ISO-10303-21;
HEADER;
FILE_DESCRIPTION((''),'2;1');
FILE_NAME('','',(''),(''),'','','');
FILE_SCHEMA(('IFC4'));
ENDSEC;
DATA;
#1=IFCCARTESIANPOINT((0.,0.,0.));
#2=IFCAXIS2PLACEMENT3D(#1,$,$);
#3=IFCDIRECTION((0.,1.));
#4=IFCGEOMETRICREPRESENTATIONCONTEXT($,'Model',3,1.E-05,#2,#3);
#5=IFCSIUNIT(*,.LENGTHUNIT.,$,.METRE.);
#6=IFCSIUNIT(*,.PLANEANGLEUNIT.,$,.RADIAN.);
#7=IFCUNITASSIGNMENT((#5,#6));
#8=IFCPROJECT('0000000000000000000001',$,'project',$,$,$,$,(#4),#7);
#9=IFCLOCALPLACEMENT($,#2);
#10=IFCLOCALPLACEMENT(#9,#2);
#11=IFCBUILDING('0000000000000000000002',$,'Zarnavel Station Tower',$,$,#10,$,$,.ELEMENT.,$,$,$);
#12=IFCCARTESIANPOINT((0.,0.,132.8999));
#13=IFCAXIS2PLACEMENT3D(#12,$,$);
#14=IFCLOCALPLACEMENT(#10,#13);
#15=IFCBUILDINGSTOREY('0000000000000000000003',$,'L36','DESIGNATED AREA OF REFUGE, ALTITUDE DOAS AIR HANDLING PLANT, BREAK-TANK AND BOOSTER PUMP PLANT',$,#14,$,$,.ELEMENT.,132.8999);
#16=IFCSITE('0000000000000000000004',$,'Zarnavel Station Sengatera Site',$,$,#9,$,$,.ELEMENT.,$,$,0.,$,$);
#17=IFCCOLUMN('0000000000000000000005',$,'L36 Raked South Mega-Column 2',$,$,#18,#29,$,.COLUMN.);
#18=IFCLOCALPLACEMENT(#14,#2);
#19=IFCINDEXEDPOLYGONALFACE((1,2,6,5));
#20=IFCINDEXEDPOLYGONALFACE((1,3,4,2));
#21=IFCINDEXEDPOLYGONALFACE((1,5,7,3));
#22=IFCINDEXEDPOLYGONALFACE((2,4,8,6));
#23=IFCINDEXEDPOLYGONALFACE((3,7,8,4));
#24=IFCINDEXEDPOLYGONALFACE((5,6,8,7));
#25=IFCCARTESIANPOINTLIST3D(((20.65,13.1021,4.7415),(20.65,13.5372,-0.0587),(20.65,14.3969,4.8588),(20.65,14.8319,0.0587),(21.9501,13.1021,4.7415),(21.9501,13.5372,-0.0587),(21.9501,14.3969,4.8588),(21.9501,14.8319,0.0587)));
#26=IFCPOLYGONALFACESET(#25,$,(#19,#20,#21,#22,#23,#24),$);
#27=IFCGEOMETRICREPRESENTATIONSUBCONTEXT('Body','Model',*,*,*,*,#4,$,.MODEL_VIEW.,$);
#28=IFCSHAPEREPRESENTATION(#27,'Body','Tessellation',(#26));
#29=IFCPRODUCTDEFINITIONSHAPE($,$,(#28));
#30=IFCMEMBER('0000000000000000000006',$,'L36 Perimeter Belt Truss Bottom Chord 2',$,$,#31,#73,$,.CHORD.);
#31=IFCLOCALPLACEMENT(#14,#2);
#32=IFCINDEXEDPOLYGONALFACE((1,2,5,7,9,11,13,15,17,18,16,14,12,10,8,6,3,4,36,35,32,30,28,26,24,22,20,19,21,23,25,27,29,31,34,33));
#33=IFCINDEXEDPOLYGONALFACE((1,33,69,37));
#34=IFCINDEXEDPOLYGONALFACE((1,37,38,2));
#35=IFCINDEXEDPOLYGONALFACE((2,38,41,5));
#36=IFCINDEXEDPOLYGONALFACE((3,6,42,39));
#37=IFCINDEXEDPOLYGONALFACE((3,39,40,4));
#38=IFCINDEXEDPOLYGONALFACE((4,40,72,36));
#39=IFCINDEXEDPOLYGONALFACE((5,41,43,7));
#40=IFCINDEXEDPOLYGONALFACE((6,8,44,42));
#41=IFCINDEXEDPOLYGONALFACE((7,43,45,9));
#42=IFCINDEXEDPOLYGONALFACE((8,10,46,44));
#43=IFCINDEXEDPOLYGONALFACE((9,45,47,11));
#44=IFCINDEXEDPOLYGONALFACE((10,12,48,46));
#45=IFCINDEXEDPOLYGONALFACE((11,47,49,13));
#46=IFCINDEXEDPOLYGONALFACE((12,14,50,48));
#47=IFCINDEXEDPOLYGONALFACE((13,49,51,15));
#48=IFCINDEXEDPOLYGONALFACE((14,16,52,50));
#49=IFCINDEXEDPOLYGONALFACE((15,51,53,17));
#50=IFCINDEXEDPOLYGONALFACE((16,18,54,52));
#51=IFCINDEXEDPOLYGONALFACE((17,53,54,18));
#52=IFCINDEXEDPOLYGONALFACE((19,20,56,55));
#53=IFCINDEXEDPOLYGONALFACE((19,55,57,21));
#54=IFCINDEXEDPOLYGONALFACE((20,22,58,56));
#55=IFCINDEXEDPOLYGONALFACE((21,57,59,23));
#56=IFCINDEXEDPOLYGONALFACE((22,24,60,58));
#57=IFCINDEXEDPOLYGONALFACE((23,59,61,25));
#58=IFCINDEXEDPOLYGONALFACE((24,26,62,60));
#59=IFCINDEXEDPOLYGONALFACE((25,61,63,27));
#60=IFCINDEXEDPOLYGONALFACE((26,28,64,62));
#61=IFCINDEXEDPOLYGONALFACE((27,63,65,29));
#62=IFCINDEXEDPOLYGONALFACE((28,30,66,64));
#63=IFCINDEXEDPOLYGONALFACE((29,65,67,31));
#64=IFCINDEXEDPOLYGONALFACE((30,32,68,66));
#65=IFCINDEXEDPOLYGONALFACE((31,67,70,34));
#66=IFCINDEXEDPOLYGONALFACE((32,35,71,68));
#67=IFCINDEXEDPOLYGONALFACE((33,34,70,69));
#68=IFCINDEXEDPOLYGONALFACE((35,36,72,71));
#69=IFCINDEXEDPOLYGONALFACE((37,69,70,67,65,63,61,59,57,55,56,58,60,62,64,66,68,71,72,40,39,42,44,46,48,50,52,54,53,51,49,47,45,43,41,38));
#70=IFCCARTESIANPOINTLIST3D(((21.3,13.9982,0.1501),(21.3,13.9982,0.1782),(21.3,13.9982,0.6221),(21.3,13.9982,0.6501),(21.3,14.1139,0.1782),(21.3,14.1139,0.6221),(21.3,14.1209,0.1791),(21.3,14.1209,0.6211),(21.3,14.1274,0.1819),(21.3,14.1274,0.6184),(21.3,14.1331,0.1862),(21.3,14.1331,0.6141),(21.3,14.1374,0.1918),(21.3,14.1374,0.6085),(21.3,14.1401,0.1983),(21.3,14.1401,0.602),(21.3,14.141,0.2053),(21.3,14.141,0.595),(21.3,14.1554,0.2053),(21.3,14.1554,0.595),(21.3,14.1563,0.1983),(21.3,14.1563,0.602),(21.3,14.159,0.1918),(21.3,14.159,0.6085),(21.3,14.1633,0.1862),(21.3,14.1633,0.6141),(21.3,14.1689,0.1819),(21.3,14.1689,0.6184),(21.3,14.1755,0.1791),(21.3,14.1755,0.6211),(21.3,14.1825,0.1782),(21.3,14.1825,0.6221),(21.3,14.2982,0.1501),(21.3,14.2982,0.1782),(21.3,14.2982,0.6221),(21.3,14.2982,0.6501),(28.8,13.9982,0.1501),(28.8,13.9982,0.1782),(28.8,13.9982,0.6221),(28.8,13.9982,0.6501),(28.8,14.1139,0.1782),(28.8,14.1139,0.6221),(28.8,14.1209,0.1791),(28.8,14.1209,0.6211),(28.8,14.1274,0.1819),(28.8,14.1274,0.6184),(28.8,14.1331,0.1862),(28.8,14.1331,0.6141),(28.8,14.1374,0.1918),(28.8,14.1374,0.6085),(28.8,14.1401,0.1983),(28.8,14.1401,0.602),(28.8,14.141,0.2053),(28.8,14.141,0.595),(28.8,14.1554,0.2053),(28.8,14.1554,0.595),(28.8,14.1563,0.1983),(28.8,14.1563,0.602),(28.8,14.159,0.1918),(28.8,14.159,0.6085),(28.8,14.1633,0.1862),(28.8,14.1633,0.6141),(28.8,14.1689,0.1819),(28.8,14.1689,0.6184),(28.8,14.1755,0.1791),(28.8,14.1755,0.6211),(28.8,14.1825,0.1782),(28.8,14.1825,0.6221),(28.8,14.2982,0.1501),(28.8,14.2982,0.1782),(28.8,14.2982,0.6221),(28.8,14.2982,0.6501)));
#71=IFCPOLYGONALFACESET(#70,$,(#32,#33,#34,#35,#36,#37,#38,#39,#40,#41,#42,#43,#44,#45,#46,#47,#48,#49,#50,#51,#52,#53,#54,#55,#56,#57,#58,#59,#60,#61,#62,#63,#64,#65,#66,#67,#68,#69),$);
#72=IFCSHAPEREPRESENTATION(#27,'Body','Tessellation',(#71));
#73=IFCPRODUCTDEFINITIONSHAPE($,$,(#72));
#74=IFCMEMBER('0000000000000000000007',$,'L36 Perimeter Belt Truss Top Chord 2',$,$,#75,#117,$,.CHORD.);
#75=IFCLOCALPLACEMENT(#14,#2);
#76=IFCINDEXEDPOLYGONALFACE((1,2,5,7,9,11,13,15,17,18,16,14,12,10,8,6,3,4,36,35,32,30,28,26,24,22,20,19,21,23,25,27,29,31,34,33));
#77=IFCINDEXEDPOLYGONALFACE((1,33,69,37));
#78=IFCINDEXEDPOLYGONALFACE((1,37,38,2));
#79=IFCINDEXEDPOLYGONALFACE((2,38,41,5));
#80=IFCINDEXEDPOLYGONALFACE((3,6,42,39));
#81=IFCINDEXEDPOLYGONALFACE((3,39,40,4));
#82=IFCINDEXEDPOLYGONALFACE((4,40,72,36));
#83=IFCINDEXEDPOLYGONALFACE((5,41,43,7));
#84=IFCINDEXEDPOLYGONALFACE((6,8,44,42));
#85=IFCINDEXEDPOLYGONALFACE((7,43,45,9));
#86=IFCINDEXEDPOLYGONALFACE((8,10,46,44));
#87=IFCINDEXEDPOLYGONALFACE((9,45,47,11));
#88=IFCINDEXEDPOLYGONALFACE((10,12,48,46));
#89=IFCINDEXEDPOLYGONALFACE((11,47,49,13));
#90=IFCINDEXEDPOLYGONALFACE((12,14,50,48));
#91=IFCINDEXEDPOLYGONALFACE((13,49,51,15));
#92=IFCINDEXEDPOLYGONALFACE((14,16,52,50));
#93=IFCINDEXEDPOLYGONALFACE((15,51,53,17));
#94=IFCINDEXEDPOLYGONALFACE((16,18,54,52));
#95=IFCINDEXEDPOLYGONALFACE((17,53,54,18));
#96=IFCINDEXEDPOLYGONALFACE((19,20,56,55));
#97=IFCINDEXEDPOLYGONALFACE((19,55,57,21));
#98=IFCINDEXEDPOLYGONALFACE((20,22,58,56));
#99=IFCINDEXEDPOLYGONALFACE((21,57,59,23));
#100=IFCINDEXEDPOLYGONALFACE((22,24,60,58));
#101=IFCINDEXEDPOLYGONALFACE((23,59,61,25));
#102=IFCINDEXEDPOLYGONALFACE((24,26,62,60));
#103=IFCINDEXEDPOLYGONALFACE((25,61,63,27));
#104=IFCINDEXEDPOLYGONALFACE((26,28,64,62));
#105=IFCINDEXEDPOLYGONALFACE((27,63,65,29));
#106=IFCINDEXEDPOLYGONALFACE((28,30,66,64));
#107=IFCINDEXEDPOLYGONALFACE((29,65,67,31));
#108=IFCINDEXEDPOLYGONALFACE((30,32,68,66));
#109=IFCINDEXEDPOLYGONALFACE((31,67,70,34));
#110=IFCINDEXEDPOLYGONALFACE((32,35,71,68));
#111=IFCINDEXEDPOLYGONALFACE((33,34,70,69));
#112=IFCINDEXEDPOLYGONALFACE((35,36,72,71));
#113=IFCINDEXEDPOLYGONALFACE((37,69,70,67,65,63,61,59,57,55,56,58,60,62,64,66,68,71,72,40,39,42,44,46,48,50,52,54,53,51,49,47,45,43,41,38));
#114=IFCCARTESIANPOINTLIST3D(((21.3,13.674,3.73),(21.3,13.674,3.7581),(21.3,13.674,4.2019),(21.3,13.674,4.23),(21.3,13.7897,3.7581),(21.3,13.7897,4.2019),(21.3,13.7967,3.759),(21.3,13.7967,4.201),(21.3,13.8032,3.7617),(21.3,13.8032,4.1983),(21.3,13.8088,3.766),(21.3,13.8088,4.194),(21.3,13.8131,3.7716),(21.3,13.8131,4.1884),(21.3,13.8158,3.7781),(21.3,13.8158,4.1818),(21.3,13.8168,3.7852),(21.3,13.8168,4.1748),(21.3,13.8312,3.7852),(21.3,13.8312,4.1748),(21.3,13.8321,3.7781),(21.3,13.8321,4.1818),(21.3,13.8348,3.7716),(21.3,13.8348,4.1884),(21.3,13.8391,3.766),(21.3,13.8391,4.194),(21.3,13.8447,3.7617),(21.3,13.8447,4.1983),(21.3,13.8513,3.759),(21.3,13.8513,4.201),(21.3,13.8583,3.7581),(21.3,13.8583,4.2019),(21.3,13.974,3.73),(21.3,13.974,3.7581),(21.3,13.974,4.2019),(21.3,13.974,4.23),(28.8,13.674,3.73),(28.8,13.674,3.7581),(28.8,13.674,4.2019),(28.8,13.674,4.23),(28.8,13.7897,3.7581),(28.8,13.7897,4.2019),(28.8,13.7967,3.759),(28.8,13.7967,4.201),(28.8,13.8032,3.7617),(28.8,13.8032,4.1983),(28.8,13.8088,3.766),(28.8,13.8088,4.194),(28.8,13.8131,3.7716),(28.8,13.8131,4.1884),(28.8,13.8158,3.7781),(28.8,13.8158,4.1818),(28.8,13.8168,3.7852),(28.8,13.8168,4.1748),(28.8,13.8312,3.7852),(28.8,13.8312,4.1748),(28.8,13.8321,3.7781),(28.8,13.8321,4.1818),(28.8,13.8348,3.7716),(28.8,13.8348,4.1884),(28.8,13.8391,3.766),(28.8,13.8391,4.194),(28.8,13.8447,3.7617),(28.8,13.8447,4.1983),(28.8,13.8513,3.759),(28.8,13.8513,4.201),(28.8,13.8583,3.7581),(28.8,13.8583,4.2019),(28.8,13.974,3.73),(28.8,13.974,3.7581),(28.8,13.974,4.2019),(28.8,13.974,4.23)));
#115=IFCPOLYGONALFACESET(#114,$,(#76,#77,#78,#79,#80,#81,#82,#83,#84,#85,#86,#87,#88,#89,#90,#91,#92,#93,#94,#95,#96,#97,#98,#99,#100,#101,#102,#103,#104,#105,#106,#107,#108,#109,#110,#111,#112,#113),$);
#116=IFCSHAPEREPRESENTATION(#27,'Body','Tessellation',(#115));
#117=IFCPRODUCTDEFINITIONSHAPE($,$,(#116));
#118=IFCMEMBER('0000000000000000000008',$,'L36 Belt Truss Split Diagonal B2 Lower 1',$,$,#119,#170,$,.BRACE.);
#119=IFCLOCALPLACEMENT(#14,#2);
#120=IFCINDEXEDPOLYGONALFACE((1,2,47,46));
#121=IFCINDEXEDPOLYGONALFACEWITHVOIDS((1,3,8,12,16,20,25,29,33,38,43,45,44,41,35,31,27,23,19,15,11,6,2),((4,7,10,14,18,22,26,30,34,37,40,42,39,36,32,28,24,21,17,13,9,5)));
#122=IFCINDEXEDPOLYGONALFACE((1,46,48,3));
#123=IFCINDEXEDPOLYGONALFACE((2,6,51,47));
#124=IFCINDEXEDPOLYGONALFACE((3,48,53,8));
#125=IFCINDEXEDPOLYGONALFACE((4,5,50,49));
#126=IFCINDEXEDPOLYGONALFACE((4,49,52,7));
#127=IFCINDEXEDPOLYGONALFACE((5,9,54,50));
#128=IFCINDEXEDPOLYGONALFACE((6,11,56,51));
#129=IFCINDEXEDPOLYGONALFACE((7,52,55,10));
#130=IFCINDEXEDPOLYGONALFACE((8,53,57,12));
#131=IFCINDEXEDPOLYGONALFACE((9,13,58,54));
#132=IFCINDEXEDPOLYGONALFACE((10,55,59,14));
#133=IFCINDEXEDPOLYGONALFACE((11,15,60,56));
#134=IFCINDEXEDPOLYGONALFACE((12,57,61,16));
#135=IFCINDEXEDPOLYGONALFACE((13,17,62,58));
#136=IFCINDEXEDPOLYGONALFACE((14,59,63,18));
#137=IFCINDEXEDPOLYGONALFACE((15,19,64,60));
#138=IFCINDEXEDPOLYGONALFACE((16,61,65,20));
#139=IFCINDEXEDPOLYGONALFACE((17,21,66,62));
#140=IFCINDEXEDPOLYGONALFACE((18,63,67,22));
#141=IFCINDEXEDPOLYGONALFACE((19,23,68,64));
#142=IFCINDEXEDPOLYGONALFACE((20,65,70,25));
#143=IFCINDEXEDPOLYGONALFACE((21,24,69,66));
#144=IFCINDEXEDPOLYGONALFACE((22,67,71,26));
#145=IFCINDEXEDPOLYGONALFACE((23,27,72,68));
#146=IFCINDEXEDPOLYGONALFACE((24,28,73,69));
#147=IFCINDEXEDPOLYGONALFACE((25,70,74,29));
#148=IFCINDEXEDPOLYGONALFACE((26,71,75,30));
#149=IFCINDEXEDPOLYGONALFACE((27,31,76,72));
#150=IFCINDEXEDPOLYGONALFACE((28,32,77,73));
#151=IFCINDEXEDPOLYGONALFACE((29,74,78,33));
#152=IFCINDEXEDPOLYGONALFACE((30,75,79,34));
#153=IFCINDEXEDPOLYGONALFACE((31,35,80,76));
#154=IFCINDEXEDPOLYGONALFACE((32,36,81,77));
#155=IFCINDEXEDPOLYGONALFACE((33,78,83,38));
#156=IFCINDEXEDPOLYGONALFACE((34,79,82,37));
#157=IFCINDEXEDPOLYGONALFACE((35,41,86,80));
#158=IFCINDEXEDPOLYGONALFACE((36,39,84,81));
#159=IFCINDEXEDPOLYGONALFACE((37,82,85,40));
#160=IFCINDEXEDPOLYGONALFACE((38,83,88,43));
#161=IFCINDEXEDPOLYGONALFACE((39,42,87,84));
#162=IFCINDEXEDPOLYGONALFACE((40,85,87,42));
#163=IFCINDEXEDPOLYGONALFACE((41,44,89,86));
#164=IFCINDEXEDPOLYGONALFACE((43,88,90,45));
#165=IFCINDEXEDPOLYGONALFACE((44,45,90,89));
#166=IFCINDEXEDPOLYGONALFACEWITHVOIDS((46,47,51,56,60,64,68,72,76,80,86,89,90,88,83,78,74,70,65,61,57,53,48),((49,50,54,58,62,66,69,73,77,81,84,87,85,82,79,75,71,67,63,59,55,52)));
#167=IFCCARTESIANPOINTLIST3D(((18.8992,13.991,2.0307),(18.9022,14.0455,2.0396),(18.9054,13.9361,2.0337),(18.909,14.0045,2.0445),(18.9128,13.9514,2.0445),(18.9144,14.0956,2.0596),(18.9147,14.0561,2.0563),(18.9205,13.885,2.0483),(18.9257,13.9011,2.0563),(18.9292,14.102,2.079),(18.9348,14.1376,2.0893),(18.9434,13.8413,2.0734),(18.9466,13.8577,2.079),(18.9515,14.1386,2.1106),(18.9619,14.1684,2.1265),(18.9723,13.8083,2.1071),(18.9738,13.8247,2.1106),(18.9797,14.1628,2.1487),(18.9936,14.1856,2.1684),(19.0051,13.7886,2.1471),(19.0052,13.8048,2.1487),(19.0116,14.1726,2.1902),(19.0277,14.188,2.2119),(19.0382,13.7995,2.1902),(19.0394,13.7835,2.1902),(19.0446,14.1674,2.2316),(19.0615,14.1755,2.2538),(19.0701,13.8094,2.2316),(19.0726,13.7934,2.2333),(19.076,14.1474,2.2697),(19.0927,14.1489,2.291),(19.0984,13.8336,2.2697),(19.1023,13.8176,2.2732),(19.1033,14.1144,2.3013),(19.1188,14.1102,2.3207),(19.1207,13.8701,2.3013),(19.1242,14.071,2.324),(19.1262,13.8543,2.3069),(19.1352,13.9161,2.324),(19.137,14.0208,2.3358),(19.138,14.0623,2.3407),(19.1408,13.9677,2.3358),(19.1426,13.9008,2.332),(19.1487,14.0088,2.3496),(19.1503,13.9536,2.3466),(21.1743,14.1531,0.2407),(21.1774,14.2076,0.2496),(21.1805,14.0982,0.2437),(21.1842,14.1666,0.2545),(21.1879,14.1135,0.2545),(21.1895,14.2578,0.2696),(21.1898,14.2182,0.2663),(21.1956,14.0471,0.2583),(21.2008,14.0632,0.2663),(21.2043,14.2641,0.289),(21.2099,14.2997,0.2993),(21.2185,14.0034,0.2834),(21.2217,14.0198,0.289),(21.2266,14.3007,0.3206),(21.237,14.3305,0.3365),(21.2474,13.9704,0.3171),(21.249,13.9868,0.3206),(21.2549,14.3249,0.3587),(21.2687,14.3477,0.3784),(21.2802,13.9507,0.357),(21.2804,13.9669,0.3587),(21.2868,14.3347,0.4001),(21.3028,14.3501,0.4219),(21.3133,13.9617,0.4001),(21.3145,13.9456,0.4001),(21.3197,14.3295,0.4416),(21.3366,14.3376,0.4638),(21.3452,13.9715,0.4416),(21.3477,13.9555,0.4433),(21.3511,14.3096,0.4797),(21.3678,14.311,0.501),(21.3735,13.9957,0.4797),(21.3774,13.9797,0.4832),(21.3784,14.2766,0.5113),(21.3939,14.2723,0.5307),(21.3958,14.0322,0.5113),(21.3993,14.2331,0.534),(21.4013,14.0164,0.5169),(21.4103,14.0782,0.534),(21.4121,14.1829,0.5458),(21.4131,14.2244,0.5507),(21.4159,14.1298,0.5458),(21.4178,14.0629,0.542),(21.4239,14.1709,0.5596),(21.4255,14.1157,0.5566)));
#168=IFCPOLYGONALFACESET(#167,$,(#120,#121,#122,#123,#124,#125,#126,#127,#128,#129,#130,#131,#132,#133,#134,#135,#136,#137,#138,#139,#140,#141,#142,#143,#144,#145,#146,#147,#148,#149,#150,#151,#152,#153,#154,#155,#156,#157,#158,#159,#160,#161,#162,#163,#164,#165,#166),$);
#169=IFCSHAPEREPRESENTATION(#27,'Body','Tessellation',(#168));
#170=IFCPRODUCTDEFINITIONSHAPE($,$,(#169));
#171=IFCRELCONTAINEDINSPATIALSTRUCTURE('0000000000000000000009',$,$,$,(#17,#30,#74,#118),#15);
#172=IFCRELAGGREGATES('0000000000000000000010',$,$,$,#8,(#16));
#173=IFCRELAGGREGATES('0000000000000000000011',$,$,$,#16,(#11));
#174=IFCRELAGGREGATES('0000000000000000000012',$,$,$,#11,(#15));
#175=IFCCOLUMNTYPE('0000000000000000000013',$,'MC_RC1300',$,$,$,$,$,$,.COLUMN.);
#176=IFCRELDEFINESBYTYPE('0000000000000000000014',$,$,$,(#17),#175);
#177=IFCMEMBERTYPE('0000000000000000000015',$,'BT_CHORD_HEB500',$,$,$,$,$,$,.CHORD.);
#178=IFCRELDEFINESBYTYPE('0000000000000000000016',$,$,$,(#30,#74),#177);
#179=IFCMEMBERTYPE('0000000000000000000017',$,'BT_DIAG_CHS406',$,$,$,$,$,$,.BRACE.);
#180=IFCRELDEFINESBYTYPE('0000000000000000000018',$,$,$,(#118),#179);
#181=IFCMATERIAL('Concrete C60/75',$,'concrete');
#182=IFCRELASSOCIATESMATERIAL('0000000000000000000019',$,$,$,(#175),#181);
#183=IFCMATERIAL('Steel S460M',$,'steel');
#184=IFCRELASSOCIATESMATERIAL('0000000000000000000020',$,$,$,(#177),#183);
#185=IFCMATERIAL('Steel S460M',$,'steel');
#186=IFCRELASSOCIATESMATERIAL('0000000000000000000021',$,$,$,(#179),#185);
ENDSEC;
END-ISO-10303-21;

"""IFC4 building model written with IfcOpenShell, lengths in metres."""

from ifc_helpers import new_model, si_unit, direction, frame, origin, origin_2d, place, context, subcontext, project, spatial, rectangle, hollow_circle, i_section, extrude, material, material_profile, profile_set, type_object, element, save


model = new_model("IFC4")

# Units and contexts
model_context = context("Model", 3, precision=1e-05, world=origin(), true_north=direction((0.0, 1.0)))
body_context = subcontext(model_context, "Body", "Model", "MODEL_VIEW")
ifc_project = project(units=[si_unit("LENGTHUNIT", "METRE"), si_unit("PLANEANGLEUNIT", "RADIAN")], contexts=[model_context])

# Site, building, storey
site_placement = place(None, origin())
site = spatial("IfcSite", under=ifc_project, at=site_placement, Name="Zarnavel Station Sengatera Site", CompositionType="ELEMENT", RefElevation=0.0)
building_placement = place(site_placement, origin())
building = spatial("IfcBuilding", under=site, at=building_placement, Name="Zarnavel Station Tower", CompositionType="ELEMENT")
storey_placement = place(building_placement, frame((0.0, 0.0, 132.8999)))
storey = spatial("IfcBuildingStorey", under=building, at=storey_placement, Name="L36", Description="DESIGNATED AREA OF REFUGE, ALTITUDE DOAS AIR HANDLING PLANT, BREAK-TANK AND BOOSTER PUMP PLANT", CompositionType="ELEMENT", Elevation=132.8999)

# Column
ifc_material_1 = material(Name="Concrete C60/75", Category="concrete")
ifc_material_profile_1 = material_profile(ifc_material_1, rectangle(XDim=1.3, YDim=1.3, at=origin_2d()), Name="RC1300x1300")
ifc_profile_set_1 = profile_set([ifc_material_profile_1], Name="Concrete C60/75")
column_type = type_object("IfcColumnType", Name="MC_RC1300", PredefinedType="COLUMN", material=ifc_profile_set_1)
column_placement = place(storey_placement, frame((21.3, 14.1846, 0.0), z_axis=(0.0, -0.090266, 0.995918), x_axis=(1.0, 0.0, 0.0)))
element("IfcColumn", 1, at=column_placement, inside=storey, type_object=column_type, Name="L36 Raked South Mega-Column 2", PredefinedType="COLUMN", context=body_context, shape_type="SweptSolid", body=[
    extrude(rectangle(XDim=1.3, YDim=1.3, at=origin_2d()), origin(), (0.0, 0.0, 1.0), 4.8198),
])

# Members
ifc_material_2 = material(Name="Steel S460M", Category="steel")
ifc_material_profile_2 = material_profile(ifc_material_2, i_section(OverallWidth=0.3, OverallDepth=0.5, WebThickness=0.0144, FlangeThickness=0.0281, FilletRadius=0.0271, at=origin_2d()), Name="HEB500")
ifc_profile_set_2 = profile_set([ifc_material_profile_2], Name="Steel S460M")
member_type_1 = type_object("IfcMemberType", Name="BT_CHORD_HEB500", PredefinedType="CHORD", material=ifc_profile_set_2)
for number, where, z_axis, x_axis, name in (
    (2, (21.3, 14.1482, 0.4001), (1.0, 0.0, 0.0), (0.0, 1.0, 0.0), "L36 Perimeter Belt Truss Bottom Chord 2"),
    (3, (21.3, 13.824, 3.98), (1.0, 0.0, 0.0), (0.0, 1.0, 0.0), "L36 Perimeter Belt Truss Top Chord 2"),
):
    element("IfcMember", number, at=place(storey_placement, frame(where, z_axis=z_axis, x_axis=x_axis)), inside=storey, type_object=member_type_1, Name=name, PredefinedType="CHORD", context=body_context, shape_type="SweptSolid", body=[
        extrude(i_section(OverallWidth=0.3, OverallDepth=0.5, WebThickness=0.0144, FlangeThickness=0.0281, FilletRadius=0.0271, at=origin_2d()), origin(), (0.0, 0.0, 1.0), 7.5),
    ])
ifc_material_3 = material(Name="Steel S460M", Category="steel")
ifc_material_profile_3 = material_profile(ifc_material_3, hollow_circle(Radius=0.2031, WallThickness=0.0161, at=origin_2d()), Name="CHS406.4x16")
ifc_profile_set_3 = profile_set([ifc_material_profile_3], Name="Steel S460M")
member_type_2 = type_object("IfcMemberType", Name="BT_DIAG_CHS406", PredefinedType="BRACE", material=ifc_profile_set_3)
member_1_placement = place(storey_placement, frame((21.3, 14.1482, 0.4001), z_axis=(-0.784682, -0.05591, 0.617372), x_axis=(0.071072, -0.997471, 0.0)))
element("IfcMember", 4, at=member_1_placement, inside=storey, type_object=member_type_2, Name="L36 Belt Truss Split Diagonal B2 Lower 1", PredefinedType="BRACE", context=body_context, shape_type="SweptSolid", body=[
    extrude(hollow_circle(Radius=0.2031, WallThickness=0.0161, at=origin_2d()), origin(), (0.0, 0.0, 1.0), 2.8994),
])

save(model, "model.ifc")
